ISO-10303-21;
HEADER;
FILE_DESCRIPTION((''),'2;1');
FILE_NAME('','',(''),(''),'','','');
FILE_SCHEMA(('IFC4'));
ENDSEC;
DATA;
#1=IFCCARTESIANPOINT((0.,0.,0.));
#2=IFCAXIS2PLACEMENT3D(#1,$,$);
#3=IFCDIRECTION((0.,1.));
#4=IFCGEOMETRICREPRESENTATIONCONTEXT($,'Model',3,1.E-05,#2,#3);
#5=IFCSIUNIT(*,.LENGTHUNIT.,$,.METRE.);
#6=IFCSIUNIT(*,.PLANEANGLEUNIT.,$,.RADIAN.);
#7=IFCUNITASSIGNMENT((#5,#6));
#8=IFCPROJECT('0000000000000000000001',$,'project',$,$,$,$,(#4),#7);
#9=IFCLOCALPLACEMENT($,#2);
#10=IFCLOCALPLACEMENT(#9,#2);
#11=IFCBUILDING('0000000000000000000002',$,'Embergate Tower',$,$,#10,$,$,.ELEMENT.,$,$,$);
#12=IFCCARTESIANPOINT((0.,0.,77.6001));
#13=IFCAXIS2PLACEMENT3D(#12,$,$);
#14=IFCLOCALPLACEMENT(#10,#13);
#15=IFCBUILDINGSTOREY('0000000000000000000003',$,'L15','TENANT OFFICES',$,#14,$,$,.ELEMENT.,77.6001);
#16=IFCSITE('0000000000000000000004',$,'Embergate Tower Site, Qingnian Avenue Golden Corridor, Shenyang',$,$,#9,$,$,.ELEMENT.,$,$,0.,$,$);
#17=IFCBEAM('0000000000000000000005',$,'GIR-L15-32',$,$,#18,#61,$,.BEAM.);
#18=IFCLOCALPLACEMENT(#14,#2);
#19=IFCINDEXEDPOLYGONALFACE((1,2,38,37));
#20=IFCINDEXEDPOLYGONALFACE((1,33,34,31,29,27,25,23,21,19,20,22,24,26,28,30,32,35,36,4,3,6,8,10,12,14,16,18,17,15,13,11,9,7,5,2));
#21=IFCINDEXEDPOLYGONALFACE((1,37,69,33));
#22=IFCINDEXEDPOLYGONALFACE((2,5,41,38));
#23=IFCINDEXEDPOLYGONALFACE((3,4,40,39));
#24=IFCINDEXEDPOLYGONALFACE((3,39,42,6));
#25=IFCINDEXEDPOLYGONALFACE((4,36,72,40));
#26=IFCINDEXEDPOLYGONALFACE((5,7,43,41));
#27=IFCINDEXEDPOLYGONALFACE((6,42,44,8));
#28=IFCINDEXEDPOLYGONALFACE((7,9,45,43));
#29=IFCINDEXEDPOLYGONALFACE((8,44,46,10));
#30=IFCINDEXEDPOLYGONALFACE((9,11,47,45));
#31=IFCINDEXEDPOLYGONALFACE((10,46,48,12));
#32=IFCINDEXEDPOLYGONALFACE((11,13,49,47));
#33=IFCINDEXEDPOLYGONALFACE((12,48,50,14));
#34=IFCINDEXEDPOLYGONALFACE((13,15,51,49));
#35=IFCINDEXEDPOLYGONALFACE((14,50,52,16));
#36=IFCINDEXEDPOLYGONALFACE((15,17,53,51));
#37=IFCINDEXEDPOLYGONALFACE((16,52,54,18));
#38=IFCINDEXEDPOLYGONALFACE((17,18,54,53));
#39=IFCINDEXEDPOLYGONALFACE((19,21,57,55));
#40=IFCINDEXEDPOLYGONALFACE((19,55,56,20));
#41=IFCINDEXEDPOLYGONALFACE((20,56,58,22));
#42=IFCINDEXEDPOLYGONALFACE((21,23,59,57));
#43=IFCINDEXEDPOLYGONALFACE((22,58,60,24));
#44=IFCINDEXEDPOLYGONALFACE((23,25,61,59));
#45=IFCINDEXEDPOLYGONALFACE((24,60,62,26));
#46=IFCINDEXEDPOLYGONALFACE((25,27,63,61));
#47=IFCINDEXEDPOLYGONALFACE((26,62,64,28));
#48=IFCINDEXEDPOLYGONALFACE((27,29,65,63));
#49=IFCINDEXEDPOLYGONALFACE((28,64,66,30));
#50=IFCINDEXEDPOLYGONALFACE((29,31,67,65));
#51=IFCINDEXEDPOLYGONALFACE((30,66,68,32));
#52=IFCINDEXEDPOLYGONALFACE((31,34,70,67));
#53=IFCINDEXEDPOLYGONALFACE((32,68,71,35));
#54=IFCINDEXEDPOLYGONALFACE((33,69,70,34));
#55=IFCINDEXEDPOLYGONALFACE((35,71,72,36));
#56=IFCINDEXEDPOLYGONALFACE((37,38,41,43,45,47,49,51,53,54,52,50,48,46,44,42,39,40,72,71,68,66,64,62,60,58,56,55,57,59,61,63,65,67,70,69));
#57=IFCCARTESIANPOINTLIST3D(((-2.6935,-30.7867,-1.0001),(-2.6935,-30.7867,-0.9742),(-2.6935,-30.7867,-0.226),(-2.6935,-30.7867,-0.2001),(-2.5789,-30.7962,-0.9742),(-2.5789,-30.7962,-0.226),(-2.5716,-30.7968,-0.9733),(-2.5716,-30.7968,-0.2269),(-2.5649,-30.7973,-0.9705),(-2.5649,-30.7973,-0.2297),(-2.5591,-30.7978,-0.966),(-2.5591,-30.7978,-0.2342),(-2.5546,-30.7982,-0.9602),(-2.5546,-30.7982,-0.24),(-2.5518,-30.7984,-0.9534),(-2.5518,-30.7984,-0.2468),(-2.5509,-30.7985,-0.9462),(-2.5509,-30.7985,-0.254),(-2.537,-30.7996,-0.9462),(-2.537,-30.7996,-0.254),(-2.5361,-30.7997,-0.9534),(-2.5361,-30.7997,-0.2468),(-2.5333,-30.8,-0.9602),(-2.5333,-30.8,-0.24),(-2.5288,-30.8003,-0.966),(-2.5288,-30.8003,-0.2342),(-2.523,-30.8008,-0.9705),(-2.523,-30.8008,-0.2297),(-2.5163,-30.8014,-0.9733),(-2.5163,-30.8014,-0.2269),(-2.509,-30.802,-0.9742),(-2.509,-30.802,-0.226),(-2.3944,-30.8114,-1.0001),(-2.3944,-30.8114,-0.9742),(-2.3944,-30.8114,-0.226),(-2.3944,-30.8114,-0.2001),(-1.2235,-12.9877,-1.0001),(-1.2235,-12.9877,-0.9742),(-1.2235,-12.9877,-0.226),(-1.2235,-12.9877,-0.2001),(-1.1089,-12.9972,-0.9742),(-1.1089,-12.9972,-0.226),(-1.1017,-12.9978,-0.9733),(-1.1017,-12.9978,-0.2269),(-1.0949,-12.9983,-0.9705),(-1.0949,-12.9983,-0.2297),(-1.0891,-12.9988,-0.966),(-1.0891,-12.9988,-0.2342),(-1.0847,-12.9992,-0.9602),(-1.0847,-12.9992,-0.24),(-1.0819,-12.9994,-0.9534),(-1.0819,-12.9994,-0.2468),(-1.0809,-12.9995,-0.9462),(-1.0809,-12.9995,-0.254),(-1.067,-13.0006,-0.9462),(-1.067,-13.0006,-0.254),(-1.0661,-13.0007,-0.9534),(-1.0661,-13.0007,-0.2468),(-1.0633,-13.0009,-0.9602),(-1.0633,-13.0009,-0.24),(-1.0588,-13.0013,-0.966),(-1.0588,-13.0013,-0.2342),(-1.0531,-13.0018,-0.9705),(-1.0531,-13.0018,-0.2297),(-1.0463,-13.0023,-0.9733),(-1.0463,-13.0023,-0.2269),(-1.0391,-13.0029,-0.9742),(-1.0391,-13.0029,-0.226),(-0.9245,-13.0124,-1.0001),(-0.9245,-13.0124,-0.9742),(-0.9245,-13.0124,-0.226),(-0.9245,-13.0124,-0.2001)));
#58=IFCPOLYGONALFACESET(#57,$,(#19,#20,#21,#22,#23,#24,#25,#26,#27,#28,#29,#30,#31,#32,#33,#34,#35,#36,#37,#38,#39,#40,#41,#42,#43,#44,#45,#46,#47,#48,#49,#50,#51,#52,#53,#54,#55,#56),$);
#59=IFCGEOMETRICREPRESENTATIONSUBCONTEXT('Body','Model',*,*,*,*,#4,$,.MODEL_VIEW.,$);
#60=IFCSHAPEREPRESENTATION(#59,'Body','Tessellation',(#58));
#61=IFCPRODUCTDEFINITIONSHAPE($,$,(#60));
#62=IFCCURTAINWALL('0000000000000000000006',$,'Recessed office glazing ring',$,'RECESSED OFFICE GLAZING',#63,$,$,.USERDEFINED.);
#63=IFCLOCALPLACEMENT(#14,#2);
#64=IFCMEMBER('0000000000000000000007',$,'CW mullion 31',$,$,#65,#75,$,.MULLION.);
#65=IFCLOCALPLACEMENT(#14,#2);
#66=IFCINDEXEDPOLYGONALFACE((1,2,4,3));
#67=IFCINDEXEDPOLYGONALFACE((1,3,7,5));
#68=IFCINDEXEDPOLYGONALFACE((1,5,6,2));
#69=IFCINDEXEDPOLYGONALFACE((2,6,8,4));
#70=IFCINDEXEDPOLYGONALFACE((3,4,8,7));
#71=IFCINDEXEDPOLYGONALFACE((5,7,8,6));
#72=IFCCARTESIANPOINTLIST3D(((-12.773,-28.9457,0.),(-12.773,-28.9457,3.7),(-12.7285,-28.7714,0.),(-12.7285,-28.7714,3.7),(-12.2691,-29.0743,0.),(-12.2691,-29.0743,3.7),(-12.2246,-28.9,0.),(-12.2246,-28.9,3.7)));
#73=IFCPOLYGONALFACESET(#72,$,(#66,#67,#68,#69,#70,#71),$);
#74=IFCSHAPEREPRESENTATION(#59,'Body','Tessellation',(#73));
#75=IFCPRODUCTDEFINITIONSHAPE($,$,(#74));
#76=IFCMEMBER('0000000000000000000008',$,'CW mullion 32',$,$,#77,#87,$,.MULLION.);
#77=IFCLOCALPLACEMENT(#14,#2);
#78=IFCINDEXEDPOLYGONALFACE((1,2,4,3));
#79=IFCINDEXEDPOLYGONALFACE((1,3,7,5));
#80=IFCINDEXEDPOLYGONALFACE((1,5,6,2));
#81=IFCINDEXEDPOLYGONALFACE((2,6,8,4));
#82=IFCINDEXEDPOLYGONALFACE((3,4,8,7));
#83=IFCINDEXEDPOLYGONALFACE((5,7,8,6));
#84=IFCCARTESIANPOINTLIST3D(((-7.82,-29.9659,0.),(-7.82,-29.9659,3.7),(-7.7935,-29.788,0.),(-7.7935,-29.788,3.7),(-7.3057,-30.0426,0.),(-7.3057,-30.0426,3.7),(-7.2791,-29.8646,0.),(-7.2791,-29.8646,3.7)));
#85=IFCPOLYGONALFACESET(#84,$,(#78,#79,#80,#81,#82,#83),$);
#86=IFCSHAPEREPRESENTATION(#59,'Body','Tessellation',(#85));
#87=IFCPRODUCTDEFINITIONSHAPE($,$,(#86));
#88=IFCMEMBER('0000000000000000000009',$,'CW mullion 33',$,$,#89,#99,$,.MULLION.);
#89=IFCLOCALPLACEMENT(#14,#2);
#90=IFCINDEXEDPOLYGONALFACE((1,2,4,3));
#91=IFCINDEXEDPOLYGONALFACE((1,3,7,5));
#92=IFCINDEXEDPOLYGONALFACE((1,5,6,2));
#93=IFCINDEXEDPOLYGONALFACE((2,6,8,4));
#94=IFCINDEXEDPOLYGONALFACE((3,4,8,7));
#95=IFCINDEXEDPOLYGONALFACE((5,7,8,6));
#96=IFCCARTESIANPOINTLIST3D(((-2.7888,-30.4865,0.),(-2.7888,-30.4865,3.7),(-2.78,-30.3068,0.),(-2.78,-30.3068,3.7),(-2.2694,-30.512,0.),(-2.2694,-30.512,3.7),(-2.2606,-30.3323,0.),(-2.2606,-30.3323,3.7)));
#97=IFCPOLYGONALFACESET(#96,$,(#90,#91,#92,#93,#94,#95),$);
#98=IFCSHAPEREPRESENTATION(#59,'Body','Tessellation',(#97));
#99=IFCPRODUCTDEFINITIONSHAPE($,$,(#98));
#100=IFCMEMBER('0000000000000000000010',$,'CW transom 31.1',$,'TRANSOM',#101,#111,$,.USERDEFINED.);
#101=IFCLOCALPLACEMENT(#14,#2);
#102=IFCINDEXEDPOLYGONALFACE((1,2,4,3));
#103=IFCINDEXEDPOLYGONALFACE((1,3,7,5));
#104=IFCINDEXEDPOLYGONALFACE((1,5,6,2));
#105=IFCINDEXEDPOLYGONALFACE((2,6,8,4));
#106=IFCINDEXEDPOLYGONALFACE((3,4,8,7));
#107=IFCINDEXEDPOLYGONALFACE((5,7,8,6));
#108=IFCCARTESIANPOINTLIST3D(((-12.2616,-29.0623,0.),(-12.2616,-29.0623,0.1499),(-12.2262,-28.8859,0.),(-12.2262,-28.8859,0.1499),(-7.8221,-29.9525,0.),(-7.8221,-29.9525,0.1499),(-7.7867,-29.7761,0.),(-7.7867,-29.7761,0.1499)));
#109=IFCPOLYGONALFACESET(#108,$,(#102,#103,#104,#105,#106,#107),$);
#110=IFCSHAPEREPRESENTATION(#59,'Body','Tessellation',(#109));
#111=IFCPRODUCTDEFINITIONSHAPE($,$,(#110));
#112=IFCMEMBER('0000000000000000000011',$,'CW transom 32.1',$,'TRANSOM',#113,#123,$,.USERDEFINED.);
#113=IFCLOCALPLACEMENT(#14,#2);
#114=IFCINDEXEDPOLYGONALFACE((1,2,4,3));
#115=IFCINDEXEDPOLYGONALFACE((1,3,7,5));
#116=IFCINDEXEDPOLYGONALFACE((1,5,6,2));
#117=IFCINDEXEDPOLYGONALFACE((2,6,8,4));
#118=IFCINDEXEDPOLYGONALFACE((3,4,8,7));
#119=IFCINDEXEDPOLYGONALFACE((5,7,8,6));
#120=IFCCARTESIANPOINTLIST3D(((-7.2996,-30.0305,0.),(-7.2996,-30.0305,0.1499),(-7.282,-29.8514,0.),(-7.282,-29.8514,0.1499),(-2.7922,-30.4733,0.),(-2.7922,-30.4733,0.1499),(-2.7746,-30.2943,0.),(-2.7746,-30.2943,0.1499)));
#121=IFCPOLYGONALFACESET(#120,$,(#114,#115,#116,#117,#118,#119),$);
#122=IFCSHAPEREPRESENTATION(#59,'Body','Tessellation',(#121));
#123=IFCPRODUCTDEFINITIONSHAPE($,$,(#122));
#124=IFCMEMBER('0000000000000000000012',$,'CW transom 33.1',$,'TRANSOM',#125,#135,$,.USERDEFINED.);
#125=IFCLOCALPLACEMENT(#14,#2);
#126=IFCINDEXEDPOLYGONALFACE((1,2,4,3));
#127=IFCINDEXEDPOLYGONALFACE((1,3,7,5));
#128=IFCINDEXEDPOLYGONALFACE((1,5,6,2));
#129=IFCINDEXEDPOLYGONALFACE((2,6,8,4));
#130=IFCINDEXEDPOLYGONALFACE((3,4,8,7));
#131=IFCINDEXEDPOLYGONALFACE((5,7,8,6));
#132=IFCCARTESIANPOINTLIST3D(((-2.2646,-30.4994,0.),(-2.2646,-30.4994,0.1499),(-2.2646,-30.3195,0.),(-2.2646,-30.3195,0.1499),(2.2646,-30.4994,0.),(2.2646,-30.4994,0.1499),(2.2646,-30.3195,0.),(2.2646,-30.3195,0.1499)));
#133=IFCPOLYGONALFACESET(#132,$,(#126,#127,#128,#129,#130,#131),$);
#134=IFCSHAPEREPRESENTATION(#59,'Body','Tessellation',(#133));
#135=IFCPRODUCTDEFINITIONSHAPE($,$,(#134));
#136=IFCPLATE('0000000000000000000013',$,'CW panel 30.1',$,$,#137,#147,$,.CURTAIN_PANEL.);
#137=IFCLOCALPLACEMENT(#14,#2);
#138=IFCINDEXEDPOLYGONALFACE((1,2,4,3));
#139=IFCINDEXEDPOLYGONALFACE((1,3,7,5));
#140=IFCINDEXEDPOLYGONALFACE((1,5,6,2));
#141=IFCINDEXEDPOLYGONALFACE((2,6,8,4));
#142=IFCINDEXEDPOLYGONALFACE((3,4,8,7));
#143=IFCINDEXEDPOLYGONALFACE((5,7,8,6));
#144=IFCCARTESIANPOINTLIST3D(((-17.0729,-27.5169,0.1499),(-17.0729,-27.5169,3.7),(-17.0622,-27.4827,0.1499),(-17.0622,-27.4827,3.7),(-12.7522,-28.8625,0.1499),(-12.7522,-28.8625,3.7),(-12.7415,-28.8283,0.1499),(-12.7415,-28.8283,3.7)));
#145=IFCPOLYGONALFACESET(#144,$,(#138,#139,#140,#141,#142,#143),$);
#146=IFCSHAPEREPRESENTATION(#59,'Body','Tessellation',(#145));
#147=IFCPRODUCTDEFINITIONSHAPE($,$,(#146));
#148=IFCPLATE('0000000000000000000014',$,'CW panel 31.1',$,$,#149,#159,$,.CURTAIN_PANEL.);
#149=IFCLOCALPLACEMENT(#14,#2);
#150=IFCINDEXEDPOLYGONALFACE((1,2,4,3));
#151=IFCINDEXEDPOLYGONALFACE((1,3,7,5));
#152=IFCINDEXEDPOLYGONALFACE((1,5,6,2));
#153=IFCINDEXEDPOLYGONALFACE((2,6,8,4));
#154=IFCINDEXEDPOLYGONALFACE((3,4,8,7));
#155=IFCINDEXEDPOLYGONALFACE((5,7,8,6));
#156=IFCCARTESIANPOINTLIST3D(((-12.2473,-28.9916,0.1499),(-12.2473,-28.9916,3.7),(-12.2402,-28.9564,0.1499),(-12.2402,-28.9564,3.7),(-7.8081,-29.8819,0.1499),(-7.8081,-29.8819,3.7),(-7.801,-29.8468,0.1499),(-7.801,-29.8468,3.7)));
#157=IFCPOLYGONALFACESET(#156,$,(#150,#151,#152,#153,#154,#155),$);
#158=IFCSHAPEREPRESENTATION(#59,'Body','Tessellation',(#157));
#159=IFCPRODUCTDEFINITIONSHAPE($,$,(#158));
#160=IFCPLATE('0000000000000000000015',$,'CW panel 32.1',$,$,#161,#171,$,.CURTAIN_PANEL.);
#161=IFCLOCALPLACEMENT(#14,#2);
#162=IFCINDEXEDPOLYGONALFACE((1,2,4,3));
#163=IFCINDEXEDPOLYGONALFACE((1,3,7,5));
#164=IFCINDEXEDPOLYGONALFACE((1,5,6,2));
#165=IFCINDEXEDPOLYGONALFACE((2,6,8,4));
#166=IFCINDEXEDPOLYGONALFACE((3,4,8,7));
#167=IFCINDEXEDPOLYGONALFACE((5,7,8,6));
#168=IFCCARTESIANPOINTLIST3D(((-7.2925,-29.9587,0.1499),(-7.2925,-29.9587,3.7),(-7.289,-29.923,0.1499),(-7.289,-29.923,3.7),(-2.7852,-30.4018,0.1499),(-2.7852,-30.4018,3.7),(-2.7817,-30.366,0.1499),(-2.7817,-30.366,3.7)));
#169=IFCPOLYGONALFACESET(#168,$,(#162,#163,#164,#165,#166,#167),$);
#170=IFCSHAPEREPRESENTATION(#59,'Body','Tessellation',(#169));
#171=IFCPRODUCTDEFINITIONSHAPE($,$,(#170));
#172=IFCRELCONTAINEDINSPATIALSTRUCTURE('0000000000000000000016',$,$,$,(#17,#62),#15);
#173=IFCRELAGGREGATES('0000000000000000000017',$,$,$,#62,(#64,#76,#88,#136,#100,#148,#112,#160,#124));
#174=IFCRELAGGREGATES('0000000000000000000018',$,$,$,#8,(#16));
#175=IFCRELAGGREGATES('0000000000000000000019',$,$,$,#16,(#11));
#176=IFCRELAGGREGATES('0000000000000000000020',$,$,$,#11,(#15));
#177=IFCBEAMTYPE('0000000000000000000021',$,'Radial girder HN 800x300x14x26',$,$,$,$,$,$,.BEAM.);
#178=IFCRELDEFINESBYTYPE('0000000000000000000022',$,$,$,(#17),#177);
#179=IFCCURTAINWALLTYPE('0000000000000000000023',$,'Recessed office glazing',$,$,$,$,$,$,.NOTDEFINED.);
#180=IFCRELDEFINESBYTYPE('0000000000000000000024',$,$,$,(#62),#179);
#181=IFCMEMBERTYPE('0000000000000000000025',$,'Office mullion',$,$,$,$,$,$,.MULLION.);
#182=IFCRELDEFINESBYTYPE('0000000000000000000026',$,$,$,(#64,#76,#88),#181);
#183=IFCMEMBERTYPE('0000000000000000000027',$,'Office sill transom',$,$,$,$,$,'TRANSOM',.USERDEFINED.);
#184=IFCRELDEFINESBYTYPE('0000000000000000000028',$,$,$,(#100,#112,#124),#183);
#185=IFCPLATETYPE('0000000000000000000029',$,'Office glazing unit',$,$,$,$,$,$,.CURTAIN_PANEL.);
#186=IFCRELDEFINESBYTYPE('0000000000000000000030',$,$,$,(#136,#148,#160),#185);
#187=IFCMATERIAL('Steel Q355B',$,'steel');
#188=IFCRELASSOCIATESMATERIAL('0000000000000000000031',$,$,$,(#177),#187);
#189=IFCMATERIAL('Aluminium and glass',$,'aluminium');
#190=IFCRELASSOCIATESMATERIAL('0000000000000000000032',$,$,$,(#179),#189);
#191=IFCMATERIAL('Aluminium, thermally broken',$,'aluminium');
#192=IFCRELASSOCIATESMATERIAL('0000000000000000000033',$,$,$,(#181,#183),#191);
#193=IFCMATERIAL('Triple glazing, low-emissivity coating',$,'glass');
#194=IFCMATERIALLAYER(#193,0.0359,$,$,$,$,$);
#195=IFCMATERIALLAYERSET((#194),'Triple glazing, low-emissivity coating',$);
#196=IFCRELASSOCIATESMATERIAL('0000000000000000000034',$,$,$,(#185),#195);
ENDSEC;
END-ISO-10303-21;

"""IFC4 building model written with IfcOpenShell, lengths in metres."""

from ifc_helpers import new_model, si_unit, direction, frame, origin, origin_2d, place, context, subcontext, project, spatial, rectangle, i_section, extrude, source, transform, mapped, material, layer, layer_set, material_profile, profile_set, type_object, element, aggregate, save


model = new_model("IFC4")

# Units and contexts
model_context = context("Model", 3, precision=1e-05, world=origin(), true_north=direction((0.0, 1.0)))
body_context = subcontext(model_context, "Body", "Model", "MODEL_VIEW")
ifc_project = project(units=[si_unit("LENGTHUNIT", "METRE"), si_unit("PLANEANGLEUNIT", "RADIAN")], contexts=[model_context])

# Site, building, storey
site_placement = place(None, origin())
site = spatial("IfcSite", under=ifc_project, at=site_placement, Name="Embergate Tower Site, Qingnian Avenue Golden Corridor, Shenyang", CompositionType="ELEMENT", RefElevation=0.0)
building_placement = place(site_placement, origin())
building = spatial("IfcBuilding", under=site, at=building_placement, Name="Embergate Tower", CompositionType="ELEMENT")
storey_placement = place(building_placement, frame((0.0, 0.0, 77.6001)))
storey = spatial("IfcBuildingStorey", under=building, at=storey_placement, Name="L15", Description="TENANT OFFICES", CompositionType="ELEMENT", Elevation=77.6001)

# Beam
ifc_material_1 = material(Name="Steel Q355B", Category="steel")
ifc_material_profile_1 = material_profile(ifc_material_1, i_section(OverallWidth=0.3, OverallDepth=0.8, WebThickness=0.0139, FlangeThickness=0.0259, FilletRadius=0.0281, at=origin_2d()), Name="HN 800x300x14x26")
ifc_profile_set_1 = profile_set([ifc_material_profile_1], Name="Steel Q355 grade B")
beam_type_1 = type_object("IfcBeamType", Name="Radial girder HN 800x300x14x26", PredefinedType="BEAM", material=ifc_profile_set_1)
shared_shape_1 = source(origin(), body_context, "Body", "SweptSolid", [
    extrude(i_section(OverallWidth=0.3, OverallDepth=0.8, WebThickness=0.0139, FlangeThickness=0.0259, FilletRadius=0.0281, at=origin_2d()), origin(), (0.0, 0.0, 1.0), 17.8596),
])
beam_1_placement = place(storey_placement, frame((-2.5439, -30.7991, -0.6001), z_axis=(0.082307, 0.996607, 0.0), x_axis=(-0.996607, 0.082307, 0.0)))
element("IfcBeam", 1, at=beam_1_placement, inside=storey, type_object=beam_type_1, Name="GIR-L15-32", PredefinedType="BEAM", context=body_context, shape_type="MappedRepresentation", body=[
    mapped(shared_shape_1, transform((0.0, 0.0, 0.0))),
])

# Curtain wall, members
ifc_material_2 = material(Name="Aluminium and glass", Category="aluminium")
curtain_wall_type = type_object("IfcCurtainWallType", Name="Recessed office glazing", PredefinedType="NOTDEFINED", material=ifc_material_2)
curtain_wall_placement = place(storey_placement, origin())
curtain_wall = element("IfcCurtainWall", 2, at=curtain_wall_placement, inside=storey, type_object=curtain_wall_type, Name="Recessed office glazing ring", ObjectType="RECESSED OFFICE GLAZING", PredefinedType="USERDEFINED")
ifc_material_3 = material(Name="Aluminium, thermally broken", Category="aluminium")
ifc_material_profile_2 = material_profile(ifc_material_3, rectangle(XDim=0.1799, YDim=0.52, at=origin_2d()), Name="AL 520x180")
ifc_profile_set_2 = profile_set([ifc_material_profile_2], Name="Aluminium, thermally broken")
member_type_1 = type_object("IfcMemberType", Name="Office mullion", PredefinedType="MULLION", material=ifc_profile_set_2)
shared_shape_2 = source(origin(), body_context, "Body", "SweptSolid", [
    extrude(rectangle(XDim=0.1799, YDim=0.52, at=origin_2d()), origin(), (0.0, 0.0, 1.0), 3.7),
])
member_1_placement = place(storey_placement, frame((-12.4988, -28.9229, 0.0), z_axis=(0.0, 0.0, 1.0), x_axis=(0.247315, 0.968935, 0.0)))
member_1 = element("IfcMember", 3, at=member_1_placement, type_object=member_type_1, Name="CW mullion 31", PredefinedType="MULLION", context=body_context, shape_type="MappedRepresentation", body=[
    mapped(shared_shape_2, transform((0.0, 0.0, 0.0))),
])
member_2_placement = place(storey_placement, frame((-7.5496, -29.9153, 0.0), z_axis=(0.0, 0.0, 1.0), x_axis=(0.147414, 0.989075, 0.0)))
member_2 = element("IfcMember", 4, at=member_2_placement, type_object=member_type_1, Name="CW mullion 32", PredefinedType="MULLION", context=body_context, shape_type="MappedRepresentation", body=[
    mapped(shared_shape_2, transform((0.0, 0.0, 0.0))),
])
member_3_placement = place(storey_placement, frame((-2.5247, -30.4094, 0.0), z_axis=(0.0, 0.0, 1.0), x_axis=(0.048972, 0.9988, 0.0)))
member_3 = element("IfcMember", 5, at=member_3_placement, type_object=member_type_1, Name="CW mullion 33", PredefinedType="MULLION", context=body_context, shape_type="MappedRepresentation", body=[
    mapped(shared_shape_2, transform((0.0, 0.0, 0.0))),
])
ifc_material_profile_3 = material_profile(ifc_material_3, rectangle(XDim=0.1799, YDim=0.1499, at=origin_2d()), Name="AL 150x180")
ifc_profile_set_3 = profile_set([ifc_material_profile_3], Name="Aluminium, thermally broken")
member_type_2 = type_object("IfcMemberType", Name="Office sill transom", ElementType="TRANSOM", PredefinedType="USERDEFINED", material=ifc_profile_set_3)
shared_shape_3 = source(origin(), body_context, "Body", "SweptSolid", [
    extrude(rectangle(XDim=0.1799, YDim=0.1499, at=origin_2d()), origin(), (0.0, 0.0, 1.0), 4.5278),
])
member_4_placement = place(storey_placement, frame((-12.2439, -28.9741, 0.075), z_axis=(0.980485, -0.196593, 0.0), x_axis=(0.196593, 0.980485, 0.0)))
member_4 = element("IfcMember", 6, at=member_4_placement, type_object=member_type_2, Name="CW transom 31.1", ObjectType="TRANSOM", PredefinedType="USERDEFINED", context=body_context, shape_type="MappedRepresentation", body=[
    mapped(shared_shape_3, transform((0.0, 0.0, 0.0))),
])
shared_shape_4 = source(origin(), body_context, "Body", "SweptSolid", [
    extrude(rectangle(XDim=0.1799, YDim=0.1499, at=origin_2d()), origin(), (0.0, 0.0, 1.0), 4.5291),
])
member_5_placement = place(storey_placement, frame((-7.2908, -29.9409, 0.075), z_axis=(0.995208, -0.097785, 0.0), x_axis=(0.097785, 0.995208, 0.0)))
member_5 = element("IfcMember", 7, at=member_5_placement, type_object=member_type_2, Name="CW transom 32.1", ObjectType="TRANSOM", PredefinedType="USERDEFINED", context=body_context, shape_type="MappedRepresentation", body=[
    mapped(shared_shape_4, transform((0.0, 0.0, 0.0))),
])
shared_shape_5 = source(origin(), body_context, "Body", "SweptSolid", [
    extrude(rectangle(XDim=0.1799, YDim=0.1499, at=origin_2d()), origin(), (0.0, 0.0, 1.0), 4.5293),
])
member_6_placement = place(storey_placement, frame((-2.2646, -30.4094, 0.075), z_axis=(1.0, 0.0, 0.0), x_axis=(0.0, 1.0, 0.0)))
member_6 = element("IfcMember", 8, at=member_6_placement, type_object=member_type_2, Name="CW transom 33.1", ObjectType="TRANSOM", PredefinedType="USERDEFINED", context=body_context, shape_type="MappedRepresentation", body=[
    mapped(shared_shape_5, transform((0.0, 0.0, 0.0))),
])

# Plates
ifc_material_4 = material(Name="Triple glazing, low-emissivity coating", Category="glass")
ifc_layer_1 = layer(ifc_material_4, 0.0359)
ifc_layer_set_1 = layer_set([ifc_layer_1], Name="Triple glazing, low-emissivity coating")
plate_type = type_object("IfcPlateType", Name="Office glazing unit", PredefinedType="CURTAIN_PANEL", material=ifc_layer_set_1)
shared_shape_6 = source(origin(), body_context, "Body", "SweptSolid", [
    extrude(rectangle(XDim=4.5254, YDim=0.0359, at=origin_2d()), origin(), (0.0, 0.0, 1.0), 3.55),
])
plate_1_placement = place(storey_placement, frame((-14.9072, -28.1726, 0.1499), z_axis=(0.0, 0.0, 1.0), x_axis=(0.954771, -0.297342, 0.0)))
plate_1 = element("IfcPlate", 9, at=plate_1_placement, type_object=plate_type, Name="CW panel 30.1", PredefinedType="CURTAIN_PANEL", context=body_context, shape_type="MappedRepresentation", body=[
    mapped(shared_shape_6, transform((0.0, 0.0, 0.0))),
])
shared_shape_7 = source(origin(), body_context, "Body", "SweptSolid", [
    extrude(rectangle(XDim=4.5276, YDim=0.0359, at=origin_2d()), origin(), (0.0, 0.0, 1.0), 3.55),
])
plate_2_placement = place(storey_placement, frame((-10.0242, -29.4192, 0.1499), z_axis=(0.0, 0.0, 1.0), x_axis=(0.980475, -0.196643, 0.0)))
plate_2 = element("IfcPlate", 10, at=plate_2_placement, type_object=plate_type, Name="CW panel 31.1", PredefinedType="CURTAIN_PANEL", context=body_context, shape_type="MappedRepresentation", body=[
    mapped(shared_shape_7, transform((0.0, 0.0, 0.0))),
])
shared_shape_8 = source(origin(), body_context, "Body", "SweptSolid", [
    extrude(rectangle(XDim=4.5291, YDim=0.0359, at=origin_2d()), origin(), (0.0, 0.0, 1.0), 3.55),
])
plate_3_placement = place(storey_placement, frame((-5.0371, -30.1624, 0.1499), z_axis=(0.0, 0.0, 1.0), x_axis=(0.995203, -0.097831, 0.0)))
plate_3 = element("IfcPlate", 11, at=plate_3_placement, type_object=plate_type, Name="CW panel 32.1", PredefinedType="CURTAIN_PANEL", context=body_context, shape_type="MappedRepresentation", body=[
    mapped(shared_shape_8, transform((0.0, 0.0, 0.0))),
])
aggregate(curtain_wall, [member_1, member_2, member_3, plate_1, member_4, plate_2, member_5, plate_3, member_6])

save(model, "model.ifc")
